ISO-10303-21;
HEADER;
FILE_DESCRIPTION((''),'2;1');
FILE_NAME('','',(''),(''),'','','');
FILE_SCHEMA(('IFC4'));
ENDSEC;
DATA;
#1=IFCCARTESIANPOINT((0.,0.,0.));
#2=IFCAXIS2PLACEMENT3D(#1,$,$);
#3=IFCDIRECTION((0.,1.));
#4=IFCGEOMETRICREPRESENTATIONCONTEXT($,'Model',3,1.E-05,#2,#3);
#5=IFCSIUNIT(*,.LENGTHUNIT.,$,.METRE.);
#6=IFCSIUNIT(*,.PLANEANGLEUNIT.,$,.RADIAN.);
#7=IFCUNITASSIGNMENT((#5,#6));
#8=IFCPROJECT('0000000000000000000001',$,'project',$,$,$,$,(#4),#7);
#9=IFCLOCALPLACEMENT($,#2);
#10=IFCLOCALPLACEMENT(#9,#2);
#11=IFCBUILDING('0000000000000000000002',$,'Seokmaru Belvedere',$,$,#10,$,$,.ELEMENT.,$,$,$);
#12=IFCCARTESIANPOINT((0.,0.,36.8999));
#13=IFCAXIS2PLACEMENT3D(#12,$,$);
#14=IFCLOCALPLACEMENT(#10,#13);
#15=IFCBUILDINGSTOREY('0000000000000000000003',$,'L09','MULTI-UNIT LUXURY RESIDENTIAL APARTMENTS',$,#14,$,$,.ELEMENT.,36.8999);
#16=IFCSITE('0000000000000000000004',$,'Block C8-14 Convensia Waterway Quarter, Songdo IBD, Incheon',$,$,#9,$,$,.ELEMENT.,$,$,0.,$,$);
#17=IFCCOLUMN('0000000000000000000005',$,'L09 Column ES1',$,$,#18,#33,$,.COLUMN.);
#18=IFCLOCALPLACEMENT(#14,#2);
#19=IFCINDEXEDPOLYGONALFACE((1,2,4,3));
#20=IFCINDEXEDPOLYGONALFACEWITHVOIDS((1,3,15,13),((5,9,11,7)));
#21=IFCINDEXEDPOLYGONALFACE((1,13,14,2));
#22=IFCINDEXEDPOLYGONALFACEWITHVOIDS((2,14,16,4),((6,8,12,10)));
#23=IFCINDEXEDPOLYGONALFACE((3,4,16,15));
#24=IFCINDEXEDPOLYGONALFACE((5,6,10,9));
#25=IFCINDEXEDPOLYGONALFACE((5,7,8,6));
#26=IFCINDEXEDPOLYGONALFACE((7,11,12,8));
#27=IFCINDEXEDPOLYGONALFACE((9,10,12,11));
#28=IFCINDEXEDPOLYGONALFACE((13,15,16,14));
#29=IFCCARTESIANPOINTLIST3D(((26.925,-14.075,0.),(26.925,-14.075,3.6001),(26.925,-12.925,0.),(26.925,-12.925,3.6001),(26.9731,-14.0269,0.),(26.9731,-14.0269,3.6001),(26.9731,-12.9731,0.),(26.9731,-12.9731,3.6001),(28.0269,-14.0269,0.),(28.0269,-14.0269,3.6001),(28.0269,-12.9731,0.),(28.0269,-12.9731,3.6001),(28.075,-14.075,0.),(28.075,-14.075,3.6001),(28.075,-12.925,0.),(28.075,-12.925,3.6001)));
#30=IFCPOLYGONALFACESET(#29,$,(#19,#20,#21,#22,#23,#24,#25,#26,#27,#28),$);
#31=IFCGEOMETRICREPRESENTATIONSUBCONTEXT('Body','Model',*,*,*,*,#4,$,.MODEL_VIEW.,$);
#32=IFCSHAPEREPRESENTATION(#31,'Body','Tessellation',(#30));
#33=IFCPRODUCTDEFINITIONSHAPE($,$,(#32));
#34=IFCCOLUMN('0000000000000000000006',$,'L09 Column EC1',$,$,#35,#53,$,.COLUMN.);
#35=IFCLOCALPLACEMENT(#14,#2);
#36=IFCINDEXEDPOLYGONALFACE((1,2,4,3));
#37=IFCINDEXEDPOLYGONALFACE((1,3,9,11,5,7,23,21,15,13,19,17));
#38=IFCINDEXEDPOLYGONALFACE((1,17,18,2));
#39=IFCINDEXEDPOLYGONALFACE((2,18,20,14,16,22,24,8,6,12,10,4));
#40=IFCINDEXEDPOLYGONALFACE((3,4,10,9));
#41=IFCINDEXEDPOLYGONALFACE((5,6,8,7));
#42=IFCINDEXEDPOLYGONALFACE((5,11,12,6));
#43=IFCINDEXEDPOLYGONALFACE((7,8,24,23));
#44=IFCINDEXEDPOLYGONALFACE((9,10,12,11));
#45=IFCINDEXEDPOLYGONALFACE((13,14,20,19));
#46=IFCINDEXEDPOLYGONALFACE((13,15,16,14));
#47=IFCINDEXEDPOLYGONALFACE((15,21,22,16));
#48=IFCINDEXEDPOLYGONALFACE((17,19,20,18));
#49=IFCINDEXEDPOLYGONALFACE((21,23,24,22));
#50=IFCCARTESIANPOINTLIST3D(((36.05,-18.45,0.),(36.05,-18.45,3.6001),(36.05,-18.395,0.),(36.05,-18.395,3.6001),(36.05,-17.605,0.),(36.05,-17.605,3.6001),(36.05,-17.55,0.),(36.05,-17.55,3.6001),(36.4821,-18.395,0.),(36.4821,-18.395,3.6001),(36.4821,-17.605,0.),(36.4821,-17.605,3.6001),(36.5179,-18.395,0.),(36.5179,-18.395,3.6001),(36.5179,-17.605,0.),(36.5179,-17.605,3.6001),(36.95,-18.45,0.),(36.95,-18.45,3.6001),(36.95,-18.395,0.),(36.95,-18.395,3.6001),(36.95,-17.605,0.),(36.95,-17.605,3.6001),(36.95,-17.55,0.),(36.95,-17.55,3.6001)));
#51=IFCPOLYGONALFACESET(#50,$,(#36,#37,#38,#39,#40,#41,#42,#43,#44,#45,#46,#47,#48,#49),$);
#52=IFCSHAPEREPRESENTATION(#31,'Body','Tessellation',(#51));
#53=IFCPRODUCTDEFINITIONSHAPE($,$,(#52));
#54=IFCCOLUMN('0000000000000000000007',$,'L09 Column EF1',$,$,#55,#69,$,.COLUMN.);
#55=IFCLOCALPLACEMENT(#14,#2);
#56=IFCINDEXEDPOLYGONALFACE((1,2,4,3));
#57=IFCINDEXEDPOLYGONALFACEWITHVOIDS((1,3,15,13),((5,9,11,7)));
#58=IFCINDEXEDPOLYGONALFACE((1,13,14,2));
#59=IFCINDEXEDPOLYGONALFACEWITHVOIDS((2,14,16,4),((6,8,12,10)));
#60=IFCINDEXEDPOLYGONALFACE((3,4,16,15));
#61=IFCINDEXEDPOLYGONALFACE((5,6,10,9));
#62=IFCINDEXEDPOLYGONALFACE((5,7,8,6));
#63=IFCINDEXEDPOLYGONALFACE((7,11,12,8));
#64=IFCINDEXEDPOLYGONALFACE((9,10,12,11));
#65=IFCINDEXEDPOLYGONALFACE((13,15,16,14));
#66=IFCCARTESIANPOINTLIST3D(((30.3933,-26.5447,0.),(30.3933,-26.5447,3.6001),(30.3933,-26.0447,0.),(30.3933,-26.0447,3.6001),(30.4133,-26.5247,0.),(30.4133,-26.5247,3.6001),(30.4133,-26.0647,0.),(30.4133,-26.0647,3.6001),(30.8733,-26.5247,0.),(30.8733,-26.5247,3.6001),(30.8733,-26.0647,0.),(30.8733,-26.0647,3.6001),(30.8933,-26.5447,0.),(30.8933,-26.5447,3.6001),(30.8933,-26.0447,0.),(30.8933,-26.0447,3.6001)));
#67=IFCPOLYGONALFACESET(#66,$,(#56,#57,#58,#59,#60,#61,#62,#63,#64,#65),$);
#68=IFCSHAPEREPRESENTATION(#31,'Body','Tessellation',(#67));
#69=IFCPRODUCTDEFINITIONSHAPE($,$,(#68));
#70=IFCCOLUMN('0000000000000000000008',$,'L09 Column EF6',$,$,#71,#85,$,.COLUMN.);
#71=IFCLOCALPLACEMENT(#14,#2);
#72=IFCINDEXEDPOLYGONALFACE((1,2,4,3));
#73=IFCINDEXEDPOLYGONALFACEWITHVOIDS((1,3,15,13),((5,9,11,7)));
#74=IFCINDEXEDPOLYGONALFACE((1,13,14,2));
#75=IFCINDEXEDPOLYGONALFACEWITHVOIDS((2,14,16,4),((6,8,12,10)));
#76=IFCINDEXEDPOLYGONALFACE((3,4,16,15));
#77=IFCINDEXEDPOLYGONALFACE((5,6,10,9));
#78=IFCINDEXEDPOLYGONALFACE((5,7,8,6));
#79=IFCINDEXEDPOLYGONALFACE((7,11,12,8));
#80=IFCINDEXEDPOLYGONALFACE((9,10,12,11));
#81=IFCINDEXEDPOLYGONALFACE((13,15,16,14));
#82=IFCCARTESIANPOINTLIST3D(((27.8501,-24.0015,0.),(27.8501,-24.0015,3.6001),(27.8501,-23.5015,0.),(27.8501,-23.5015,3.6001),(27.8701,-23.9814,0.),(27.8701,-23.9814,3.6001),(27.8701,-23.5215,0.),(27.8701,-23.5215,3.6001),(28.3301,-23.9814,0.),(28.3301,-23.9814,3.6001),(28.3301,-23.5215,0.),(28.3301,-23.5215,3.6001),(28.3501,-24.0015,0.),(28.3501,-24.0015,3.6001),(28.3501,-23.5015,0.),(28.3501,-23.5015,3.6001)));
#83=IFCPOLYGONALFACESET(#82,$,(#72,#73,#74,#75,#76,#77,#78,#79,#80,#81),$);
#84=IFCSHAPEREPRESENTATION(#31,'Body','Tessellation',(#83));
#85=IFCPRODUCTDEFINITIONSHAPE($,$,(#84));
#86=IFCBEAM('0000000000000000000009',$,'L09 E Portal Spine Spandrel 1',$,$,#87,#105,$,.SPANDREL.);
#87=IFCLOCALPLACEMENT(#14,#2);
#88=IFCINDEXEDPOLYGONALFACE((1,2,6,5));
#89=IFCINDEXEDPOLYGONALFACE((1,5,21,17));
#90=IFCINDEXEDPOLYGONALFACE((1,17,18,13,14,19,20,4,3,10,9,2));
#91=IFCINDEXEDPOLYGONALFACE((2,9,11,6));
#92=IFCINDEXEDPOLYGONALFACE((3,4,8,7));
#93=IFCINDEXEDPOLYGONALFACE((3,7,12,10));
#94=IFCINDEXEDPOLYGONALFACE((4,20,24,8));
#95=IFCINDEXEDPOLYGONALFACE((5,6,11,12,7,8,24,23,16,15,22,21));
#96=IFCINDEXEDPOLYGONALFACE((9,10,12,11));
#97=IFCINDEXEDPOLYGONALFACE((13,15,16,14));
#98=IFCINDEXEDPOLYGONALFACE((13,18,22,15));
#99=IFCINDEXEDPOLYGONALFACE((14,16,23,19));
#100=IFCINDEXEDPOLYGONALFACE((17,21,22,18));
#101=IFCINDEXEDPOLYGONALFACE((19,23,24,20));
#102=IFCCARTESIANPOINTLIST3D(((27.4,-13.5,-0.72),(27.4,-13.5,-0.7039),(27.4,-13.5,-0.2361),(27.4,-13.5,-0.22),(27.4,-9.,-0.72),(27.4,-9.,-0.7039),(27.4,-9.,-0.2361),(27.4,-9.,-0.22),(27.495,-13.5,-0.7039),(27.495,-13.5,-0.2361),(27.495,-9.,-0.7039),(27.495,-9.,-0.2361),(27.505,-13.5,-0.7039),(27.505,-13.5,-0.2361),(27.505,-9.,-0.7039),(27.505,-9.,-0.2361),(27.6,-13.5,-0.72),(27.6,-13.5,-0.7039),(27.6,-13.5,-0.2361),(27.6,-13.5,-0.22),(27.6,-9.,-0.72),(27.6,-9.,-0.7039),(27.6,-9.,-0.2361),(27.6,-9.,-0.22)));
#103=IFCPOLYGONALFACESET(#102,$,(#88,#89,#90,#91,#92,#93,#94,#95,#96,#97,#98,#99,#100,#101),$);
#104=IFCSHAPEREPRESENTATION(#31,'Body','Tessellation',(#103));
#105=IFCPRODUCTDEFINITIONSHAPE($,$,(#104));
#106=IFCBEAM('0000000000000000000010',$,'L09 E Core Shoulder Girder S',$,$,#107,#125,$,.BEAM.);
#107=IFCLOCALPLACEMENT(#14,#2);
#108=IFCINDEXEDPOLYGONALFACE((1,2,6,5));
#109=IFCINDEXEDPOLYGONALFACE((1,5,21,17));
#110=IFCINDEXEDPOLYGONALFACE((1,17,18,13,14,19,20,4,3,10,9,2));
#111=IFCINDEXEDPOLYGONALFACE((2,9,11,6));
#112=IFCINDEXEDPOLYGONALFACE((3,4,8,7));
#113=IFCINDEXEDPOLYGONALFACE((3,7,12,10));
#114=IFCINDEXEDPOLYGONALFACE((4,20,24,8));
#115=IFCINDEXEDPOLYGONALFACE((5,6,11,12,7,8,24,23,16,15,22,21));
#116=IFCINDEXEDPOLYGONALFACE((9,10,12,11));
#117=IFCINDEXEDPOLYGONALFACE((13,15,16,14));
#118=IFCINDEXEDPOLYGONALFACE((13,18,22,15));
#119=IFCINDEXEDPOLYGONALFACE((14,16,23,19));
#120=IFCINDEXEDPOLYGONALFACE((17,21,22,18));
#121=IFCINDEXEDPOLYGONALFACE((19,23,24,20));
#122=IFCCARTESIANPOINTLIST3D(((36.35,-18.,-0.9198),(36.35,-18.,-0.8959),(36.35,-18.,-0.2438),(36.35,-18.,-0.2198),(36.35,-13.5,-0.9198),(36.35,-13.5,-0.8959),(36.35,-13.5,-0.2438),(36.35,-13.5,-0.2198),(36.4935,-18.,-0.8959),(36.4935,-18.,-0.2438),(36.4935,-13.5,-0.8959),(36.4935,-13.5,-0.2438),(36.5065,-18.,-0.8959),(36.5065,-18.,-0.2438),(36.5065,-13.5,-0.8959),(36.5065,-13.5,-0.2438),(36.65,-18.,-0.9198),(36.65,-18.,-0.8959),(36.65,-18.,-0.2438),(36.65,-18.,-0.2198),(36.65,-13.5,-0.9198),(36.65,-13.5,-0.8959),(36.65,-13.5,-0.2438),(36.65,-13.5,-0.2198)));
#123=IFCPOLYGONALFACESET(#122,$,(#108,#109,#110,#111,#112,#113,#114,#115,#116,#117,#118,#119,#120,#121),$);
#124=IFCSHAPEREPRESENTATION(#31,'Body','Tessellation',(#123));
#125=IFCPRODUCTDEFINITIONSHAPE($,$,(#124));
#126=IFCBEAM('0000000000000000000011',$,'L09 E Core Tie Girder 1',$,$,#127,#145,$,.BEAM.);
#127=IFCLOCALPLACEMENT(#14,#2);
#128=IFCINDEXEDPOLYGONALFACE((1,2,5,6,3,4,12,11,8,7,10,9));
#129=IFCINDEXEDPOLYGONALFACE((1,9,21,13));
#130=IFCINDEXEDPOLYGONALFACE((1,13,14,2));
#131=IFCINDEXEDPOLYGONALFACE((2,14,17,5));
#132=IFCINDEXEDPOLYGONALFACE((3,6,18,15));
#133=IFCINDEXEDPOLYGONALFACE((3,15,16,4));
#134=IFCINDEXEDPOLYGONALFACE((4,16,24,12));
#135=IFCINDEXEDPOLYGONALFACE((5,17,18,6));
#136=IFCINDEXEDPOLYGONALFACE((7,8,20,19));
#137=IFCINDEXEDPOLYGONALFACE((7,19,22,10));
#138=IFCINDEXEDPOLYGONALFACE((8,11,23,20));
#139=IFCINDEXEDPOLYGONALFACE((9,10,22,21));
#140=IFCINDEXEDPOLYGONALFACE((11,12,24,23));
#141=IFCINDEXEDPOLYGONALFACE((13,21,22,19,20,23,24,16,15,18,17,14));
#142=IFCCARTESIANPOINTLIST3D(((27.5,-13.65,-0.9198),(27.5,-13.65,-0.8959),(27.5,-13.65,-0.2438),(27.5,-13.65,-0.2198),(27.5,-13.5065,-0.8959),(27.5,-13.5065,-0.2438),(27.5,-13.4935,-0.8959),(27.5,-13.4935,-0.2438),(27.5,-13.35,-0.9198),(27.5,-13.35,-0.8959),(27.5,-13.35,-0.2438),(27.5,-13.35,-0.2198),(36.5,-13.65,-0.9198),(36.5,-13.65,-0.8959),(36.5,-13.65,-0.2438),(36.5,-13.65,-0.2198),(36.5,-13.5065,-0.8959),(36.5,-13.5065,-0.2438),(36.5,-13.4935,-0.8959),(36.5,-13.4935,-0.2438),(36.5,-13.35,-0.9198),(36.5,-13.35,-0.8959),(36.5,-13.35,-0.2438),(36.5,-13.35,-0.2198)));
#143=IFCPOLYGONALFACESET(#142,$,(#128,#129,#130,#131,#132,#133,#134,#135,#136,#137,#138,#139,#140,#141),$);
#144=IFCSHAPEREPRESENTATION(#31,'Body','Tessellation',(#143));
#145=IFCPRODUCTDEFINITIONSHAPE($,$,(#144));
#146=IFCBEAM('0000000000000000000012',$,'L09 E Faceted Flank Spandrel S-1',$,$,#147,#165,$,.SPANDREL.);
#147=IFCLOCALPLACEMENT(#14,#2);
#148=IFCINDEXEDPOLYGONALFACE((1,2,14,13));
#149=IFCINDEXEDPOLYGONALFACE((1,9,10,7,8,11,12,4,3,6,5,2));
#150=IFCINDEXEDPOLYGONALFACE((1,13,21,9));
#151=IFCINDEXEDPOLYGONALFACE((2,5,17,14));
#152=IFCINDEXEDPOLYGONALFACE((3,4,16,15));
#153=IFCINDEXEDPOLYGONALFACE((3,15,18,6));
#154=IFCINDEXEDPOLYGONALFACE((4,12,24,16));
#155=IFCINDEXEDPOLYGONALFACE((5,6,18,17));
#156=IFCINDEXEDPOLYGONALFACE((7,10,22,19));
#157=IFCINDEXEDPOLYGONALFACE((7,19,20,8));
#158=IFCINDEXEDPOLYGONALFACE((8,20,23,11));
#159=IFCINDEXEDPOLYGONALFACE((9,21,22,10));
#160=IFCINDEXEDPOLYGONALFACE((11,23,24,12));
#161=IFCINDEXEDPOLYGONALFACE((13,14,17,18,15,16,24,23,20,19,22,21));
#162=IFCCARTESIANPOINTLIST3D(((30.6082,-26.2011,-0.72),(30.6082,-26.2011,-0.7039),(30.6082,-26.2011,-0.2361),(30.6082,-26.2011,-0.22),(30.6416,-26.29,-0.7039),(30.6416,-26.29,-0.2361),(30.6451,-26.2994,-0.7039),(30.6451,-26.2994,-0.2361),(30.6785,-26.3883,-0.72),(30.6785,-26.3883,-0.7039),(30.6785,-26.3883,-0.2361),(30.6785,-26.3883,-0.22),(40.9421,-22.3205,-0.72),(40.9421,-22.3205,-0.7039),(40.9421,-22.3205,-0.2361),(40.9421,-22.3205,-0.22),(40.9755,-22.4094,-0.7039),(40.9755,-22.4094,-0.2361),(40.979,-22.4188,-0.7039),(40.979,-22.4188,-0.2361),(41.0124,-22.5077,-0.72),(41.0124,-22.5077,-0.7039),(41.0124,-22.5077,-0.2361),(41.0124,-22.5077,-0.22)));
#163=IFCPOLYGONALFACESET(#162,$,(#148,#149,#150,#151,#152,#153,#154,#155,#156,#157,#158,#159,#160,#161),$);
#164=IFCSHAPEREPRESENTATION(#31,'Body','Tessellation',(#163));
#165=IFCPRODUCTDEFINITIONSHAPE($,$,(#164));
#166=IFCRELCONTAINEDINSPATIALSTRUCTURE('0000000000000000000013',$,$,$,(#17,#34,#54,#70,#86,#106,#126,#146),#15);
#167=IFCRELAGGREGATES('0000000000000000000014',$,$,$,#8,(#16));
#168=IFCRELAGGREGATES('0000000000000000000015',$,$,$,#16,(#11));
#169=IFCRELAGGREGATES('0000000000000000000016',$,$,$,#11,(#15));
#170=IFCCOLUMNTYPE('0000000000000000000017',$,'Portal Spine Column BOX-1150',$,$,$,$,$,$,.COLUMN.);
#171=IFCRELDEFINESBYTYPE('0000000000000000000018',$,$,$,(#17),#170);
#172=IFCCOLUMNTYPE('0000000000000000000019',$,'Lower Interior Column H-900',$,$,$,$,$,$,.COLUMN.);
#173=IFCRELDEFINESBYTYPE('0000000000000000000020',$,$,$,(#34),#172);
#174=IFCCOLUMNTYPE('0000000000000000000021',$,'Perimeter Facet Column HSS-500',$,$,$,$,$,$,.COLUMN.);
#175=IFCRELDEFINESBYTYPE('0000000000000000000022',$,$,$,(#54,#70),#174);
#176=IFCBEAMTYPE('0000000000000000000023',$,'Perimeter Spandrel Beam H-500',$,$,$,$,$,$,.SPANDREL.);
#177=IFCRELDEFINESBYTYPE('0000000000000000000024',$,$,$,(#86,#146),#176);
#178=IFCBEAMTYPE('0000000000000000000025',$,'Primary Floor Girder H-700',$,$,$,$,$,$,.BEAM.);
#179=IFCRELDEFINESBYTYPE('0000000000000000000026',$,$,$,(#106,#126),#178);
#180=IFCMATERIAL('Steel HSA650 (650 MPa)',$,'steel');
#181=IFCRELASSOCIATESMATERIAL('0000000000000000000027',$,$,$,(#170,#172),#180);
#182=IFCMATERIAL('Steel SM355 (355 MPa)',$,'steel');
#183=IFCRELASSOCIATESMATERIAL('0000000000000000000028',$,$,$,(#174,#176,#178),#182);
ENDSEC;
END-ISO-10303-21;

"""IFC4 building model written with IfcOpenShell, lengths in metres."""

from ifc_helpers import new_model, si_unit, direction, frame, origin, origin_2d, place, context, subcontext, project, spatial, hollow_rectangle, i_section, extrude, source, transform, mapped, material, material_profile, profile_set, type_object, type_shapes, element, save


model = new_model("IFC4")

# Units and contexts
model_context = context("Model", 3, precision=1e-05, world=origin(), true_north=direction((0.0, 1.0)))
body_context = subcontext(model_context, "Body", "Model", "MODEL_VIEW")
ifc_project = project(units=[si_unit("LENGTHUNIT", "METRE"), si_unit("PLANEANGLEUNIT", "RADIAN")], contexts=[model_context])

# Site, building, storey
site_placement = place(None, origin())
site = spatial("IfcSite", under=ifc_project, at=site_placement, Name="Block C8-14 Convensia Waterway Quarter, Songdo IBD, Incheon", CompositionType="ELEMENT", RefElevation=0.0)
building_placement = place(site_placement, origin())
building = spatial("IfcBuilding", under=site, at=building_placement, Name="Seokmaru Belvedere", CompositionType="ELEMENT")
storey_placement = place(building_placement, frame((0.0, 0.0, 36.8999)))
storey = spatial("IfcBuildingStorey", under=building, at=storey_placement, Name="L09", Description="MULTI-UNIT LUXURY RESIDENTIAL APARTMENTS", CompositionType="ELEMENT", Elevation=36.8999)

# Columns
ifc_material_1 = material(Name="Steel HSA650 (650 MPa)", Category="steel")
ifc_material_profile_1 = material_profile(ifc_material_1, hollow_rectangle(XDim=1.1499, YDim=1.1499, WallThickness=0.0481, at=origin_2d()), Name="BOX-1150x1150x48")
ifc_profile_set_1 = profile_set([ifc_material_profile_1], Name="Steel HSA650 (650 MPa)")
column_type_1 = type_object("IfcColumnType", Name="Portal Spine Column BOX-1150", PredefinedType="COLUMN", material=ifc_profile_set_1)
shared_shape_1 = source(origin(), body_context, "Body", "SweptSolid", [
    extrude(hollow_rectangle(XDim=1.1499, YDim=1.1499, WallThickness=0.0481, at=origin_2d()), origin(), (0.0, 0.0, 1.0), 3.6001),
])
type_shapes(column_type_1, [shared_shape_1])
column_1_placement = place(storey_placement, frame((27.5, -13.5, 0.0), z_axis=(0.0, 0.0, 1.0), x_axis=(1.0, 0.0, 0.0)))
element("IfcColumn", 1, at=column_1_placement, inside=storey, type_object=column_type_1, Name="L09 Column ES1", PredefinedType="COLUMN", context=body_context, shape_type="MappedRepresentation", body=[
    mapped(shared_shape_1, transform((0.0, 0.0, 0.0), scale=1.0)),
])
ifc_material_profile_2 = material_profile(ifc_material_1, i_section(OverallWidth=0.8999, OverallDepth=0.8999, WebThickness=0.0359, FlangeThickness=0.0549, at=origin_2d()), Name="H-900x900x36x55")
ifc_profile_set_2 = profile_set([ifc_material_profile_2], Name="Steel HSA650 (650 MPa)")
column_type_2 = type_object("IfcColumnType", Name="Lower Interior Column H-900", PredefinedType="COLUMN", material=ifc_profile_set_2)
shared_shape_2 = source(origin(), body_context, "Body", "SweptSolid", [
    extrude(i_section(OverallWidth=0.8999, OverallDepth=0.8999, WebThickness=0.0359, FlangeThickness=0.0549, at=origin_2d()), origin(), (0.0, 0.0, 1.0), 3.6001),
])
type_shapes(column_type_2, [shared_shape_2])
column_2_placement = place(storey_placement, frame((36.5, -18.0, 0.0), z_axis=(0.0, 0.0, 1.0), x_axis=(1.0, 0.0, 0.0)))
element("IfcColumn", 2, at=column_2_placement, inside=storey, type_object=column_type_2, Name="L09 Column EC1", PredefinedType="COLUMN", context=body_context, shape_type="MappedRepresentation", body=[
    mapped(shared_shape_2, transform((0.0, 0.0, 0.0), scale=1.0)),
])
ifc_material_2 = material(Name="Steel SM355 (355 MPa)", Category="steel")
ifc_material_profile_3 = material_profile(ifc_material_2, hollow_rectangle(XDim=0.5, YDim=0.5, WallThickness=0.02, at=origin_2d()), Name="HSS-500x500x20")
ifc_profile_set_3 = profile_set([ifc_material_profile_3], Name="Steel SM355 (355 MPa)")
column_type_3 = type_object("IfcColumnType", Name="Perimeter Facet Column HSS-500", PredefinedType="COLUMN", material=ifc_profile_set_3)
shared_shape_3 = source(origin(), body_context, "Body", "SweptSolid", [
    extrude(hollow_rectangle(XDim=0.5, YDim=0.5, WallThickness=0.02, at=origin_2d()), origin(), (0.0, 0.0, 1.0), 3.6001),
])
type_shapes(column_type_3, [shared_shape_3])
for number, where, z_axis, x_axis, name in (
    (3, (30.6433, -26.2947, 0.0), (0.0, 0.0, 1.0), (1.0, 0.0, 0.0), "L09 Column EF1"),
    (4, (28.1001, -23.7515, 0.0), (0.0, 0.0, 1.0), (1.0, 0.0, 0.0), "L09 Column EF6"),
):
    element("IfcColumn", number, at=place(storey_placement, frame(where, z_axis=z_axis, x_axis=x_axis)), inside=storey, type_object=column_type_3, Name=name, PredefinedType="COLUMN", context=body_context, shape_type="MappedRepresentation", body=[
        mapped(shared_shape_3, transform((0.0, 0.0, 0.0), scale=1.0)),
    ])

# Beams
ifc_material_profile_4 = material_profile(ifc_material_2, i_section(OverallWidth=0.2, OverallDepth=0.5, WebThickness=0.01, FlangeThickness=0.0161, at=origin_2d()), Name="H-500x200x10x16")
ifc_profile_set_4 = profile_set([ifc_material_profile_4], Name="Steel SM355 (355 MPa)")
beam_type_1 = type_object("IfcBeamType", Name="Perimeter Spandrel Beam H-500", PredefinedType="SPANDREL", material=ifc_profile_set_4)
shared_shape_4 = source(origin(), body_context, "Body", "SweptSolid", [
    extrude(i_section(OverallWidth=0.2, OverallDepth=0.5, WebThickness=0.01, FlangeThickness=0.0161, at=origin_2d()), origin(), (0.0, 0.0, 1.0), 4.5),
])
beam_1_placement = place(storey_placement, frame((27.5, -13.5, -0.47), z_axis=(0.0, 1.0, 0.0), x_axis=(-1.0, 0.0, 0.0)))
element("IfcBeam", 5, at=beam_1_placement, inside=storey, type_object=beam_type_1, Name="L09 E Portal Spine Spandrel 1", PredefinedType="SPANDREL", context=body_context, shape_type="MappedRepresentation", body=[
    mapped(shared_shape_4, transform((0.0, 0.0, 0.0), scale=1.0)),
])
ifc_material_profile_5 = material_profile(ifc_material_2, i_section(OverallWidth=0.3, OverallDepth=0.7, WebThickness=0.0129, FlangeThickness=0.0239, at=origin_2d()), Name="H-700x300x13x24")
ifc_profile_set_5 = profile_set([ifc_material_profile_5], Name="Steel SM355 (355 MPa)")
beam_type_2 = type_object("IfcBeamType", Name="Primary Floor Girder H-700", PredefinedType="BEAM", material=ifc_profile_set_5)
shared_shape_5 = source(origin(), body_context, "Body", "SweptSolid", [
    extrude(i_section(OverallWidth=0.3, OverallDepth=0.7, WebThickness=0.0129, FlangeThickness=0.0239, at=origin_2d()), origin(), (0.0, 0.0, 1.0), 4.5),
])
beam_2_placement = place(storey_placement, frame((36.5, -18.0, -0.5698), z_axis=(0.0, 1.0, 0.0), x_axis=(-1.0, 0.0, 0.0)))
element("IfcBeam", 6, at=beam_2_placement, inside=storey, type_object=beam_type_2, Name="L09 E Core Shoulder Girder S", PredefinedType="BEAM", context=body_context, shape_type="MappedRepresentation", body=[
    mapped(shared_shape_5, transform((0.0, 0.0, 0.0), scale=1.0)),
])
shared_shape_6 = source(origin(), body_context, "Body", "SweptSolid", [
    extrude(i_section(OverallWidth=0.3, OverallDepth=0.7, WebThickness=0.0129, FlangeThickness=0.0239, at=origin_2d()), origin(), (0.0, 0.0, 1.0), 9.0),
])
type_shapes(beam_type_2, [shared_shape_5, shared_shape_6])
beam_3_placement = place(storey_placement, frame((27.5, -13.5, -0.5698), z_axis=(1.0, 0.0, 0.0), x_axis=(0.0, 1.0, 0.0)))
element("IfcBeam", 7, at=beam_3_placement, inside=storey, type_object=beam_type_2, Name="L09 E Core Tie Girder 1", PredefinedType="BEAM", context=body_context, shape_type="MappedRepresentation", body=[
    mapped(shared_shape_6, transform((0.0, 0.0, 0.0), scale=1.0)),
])
shared_shape_7 = source(origin(), body_context, "Body", "SweptSolid", [
    extrude(i_section(OverallWidth=0.2, OverallDepth=0.5, WebThickness=0.01, FlangeThickness=0.0161, at=origin_2d()), origin(), (0.0, 0.0, 1.0), 11.0386),
])
beam_4_placement = place(storey_placement, frame((30.6433, -26.2947, -0.47), z_axis=(0.936169, 0.35155, 0.0), x_axis=(-0.35155, 0.936169, 0.0)))
element("IfcBeam", 8, at=beam_4_placement, inside=storey, type_object=beam_type_1, Name="L09 E Faceted Flank Spandrel S-1", PredefinedType="SPANDREL", context=body_context, shape_type="MappedRepresentation", body=[
    mapped(shared_shape_7, transform((0.0, 0.0, 0.0), scale=1.0)),
])

save(model, "model.ifc")
